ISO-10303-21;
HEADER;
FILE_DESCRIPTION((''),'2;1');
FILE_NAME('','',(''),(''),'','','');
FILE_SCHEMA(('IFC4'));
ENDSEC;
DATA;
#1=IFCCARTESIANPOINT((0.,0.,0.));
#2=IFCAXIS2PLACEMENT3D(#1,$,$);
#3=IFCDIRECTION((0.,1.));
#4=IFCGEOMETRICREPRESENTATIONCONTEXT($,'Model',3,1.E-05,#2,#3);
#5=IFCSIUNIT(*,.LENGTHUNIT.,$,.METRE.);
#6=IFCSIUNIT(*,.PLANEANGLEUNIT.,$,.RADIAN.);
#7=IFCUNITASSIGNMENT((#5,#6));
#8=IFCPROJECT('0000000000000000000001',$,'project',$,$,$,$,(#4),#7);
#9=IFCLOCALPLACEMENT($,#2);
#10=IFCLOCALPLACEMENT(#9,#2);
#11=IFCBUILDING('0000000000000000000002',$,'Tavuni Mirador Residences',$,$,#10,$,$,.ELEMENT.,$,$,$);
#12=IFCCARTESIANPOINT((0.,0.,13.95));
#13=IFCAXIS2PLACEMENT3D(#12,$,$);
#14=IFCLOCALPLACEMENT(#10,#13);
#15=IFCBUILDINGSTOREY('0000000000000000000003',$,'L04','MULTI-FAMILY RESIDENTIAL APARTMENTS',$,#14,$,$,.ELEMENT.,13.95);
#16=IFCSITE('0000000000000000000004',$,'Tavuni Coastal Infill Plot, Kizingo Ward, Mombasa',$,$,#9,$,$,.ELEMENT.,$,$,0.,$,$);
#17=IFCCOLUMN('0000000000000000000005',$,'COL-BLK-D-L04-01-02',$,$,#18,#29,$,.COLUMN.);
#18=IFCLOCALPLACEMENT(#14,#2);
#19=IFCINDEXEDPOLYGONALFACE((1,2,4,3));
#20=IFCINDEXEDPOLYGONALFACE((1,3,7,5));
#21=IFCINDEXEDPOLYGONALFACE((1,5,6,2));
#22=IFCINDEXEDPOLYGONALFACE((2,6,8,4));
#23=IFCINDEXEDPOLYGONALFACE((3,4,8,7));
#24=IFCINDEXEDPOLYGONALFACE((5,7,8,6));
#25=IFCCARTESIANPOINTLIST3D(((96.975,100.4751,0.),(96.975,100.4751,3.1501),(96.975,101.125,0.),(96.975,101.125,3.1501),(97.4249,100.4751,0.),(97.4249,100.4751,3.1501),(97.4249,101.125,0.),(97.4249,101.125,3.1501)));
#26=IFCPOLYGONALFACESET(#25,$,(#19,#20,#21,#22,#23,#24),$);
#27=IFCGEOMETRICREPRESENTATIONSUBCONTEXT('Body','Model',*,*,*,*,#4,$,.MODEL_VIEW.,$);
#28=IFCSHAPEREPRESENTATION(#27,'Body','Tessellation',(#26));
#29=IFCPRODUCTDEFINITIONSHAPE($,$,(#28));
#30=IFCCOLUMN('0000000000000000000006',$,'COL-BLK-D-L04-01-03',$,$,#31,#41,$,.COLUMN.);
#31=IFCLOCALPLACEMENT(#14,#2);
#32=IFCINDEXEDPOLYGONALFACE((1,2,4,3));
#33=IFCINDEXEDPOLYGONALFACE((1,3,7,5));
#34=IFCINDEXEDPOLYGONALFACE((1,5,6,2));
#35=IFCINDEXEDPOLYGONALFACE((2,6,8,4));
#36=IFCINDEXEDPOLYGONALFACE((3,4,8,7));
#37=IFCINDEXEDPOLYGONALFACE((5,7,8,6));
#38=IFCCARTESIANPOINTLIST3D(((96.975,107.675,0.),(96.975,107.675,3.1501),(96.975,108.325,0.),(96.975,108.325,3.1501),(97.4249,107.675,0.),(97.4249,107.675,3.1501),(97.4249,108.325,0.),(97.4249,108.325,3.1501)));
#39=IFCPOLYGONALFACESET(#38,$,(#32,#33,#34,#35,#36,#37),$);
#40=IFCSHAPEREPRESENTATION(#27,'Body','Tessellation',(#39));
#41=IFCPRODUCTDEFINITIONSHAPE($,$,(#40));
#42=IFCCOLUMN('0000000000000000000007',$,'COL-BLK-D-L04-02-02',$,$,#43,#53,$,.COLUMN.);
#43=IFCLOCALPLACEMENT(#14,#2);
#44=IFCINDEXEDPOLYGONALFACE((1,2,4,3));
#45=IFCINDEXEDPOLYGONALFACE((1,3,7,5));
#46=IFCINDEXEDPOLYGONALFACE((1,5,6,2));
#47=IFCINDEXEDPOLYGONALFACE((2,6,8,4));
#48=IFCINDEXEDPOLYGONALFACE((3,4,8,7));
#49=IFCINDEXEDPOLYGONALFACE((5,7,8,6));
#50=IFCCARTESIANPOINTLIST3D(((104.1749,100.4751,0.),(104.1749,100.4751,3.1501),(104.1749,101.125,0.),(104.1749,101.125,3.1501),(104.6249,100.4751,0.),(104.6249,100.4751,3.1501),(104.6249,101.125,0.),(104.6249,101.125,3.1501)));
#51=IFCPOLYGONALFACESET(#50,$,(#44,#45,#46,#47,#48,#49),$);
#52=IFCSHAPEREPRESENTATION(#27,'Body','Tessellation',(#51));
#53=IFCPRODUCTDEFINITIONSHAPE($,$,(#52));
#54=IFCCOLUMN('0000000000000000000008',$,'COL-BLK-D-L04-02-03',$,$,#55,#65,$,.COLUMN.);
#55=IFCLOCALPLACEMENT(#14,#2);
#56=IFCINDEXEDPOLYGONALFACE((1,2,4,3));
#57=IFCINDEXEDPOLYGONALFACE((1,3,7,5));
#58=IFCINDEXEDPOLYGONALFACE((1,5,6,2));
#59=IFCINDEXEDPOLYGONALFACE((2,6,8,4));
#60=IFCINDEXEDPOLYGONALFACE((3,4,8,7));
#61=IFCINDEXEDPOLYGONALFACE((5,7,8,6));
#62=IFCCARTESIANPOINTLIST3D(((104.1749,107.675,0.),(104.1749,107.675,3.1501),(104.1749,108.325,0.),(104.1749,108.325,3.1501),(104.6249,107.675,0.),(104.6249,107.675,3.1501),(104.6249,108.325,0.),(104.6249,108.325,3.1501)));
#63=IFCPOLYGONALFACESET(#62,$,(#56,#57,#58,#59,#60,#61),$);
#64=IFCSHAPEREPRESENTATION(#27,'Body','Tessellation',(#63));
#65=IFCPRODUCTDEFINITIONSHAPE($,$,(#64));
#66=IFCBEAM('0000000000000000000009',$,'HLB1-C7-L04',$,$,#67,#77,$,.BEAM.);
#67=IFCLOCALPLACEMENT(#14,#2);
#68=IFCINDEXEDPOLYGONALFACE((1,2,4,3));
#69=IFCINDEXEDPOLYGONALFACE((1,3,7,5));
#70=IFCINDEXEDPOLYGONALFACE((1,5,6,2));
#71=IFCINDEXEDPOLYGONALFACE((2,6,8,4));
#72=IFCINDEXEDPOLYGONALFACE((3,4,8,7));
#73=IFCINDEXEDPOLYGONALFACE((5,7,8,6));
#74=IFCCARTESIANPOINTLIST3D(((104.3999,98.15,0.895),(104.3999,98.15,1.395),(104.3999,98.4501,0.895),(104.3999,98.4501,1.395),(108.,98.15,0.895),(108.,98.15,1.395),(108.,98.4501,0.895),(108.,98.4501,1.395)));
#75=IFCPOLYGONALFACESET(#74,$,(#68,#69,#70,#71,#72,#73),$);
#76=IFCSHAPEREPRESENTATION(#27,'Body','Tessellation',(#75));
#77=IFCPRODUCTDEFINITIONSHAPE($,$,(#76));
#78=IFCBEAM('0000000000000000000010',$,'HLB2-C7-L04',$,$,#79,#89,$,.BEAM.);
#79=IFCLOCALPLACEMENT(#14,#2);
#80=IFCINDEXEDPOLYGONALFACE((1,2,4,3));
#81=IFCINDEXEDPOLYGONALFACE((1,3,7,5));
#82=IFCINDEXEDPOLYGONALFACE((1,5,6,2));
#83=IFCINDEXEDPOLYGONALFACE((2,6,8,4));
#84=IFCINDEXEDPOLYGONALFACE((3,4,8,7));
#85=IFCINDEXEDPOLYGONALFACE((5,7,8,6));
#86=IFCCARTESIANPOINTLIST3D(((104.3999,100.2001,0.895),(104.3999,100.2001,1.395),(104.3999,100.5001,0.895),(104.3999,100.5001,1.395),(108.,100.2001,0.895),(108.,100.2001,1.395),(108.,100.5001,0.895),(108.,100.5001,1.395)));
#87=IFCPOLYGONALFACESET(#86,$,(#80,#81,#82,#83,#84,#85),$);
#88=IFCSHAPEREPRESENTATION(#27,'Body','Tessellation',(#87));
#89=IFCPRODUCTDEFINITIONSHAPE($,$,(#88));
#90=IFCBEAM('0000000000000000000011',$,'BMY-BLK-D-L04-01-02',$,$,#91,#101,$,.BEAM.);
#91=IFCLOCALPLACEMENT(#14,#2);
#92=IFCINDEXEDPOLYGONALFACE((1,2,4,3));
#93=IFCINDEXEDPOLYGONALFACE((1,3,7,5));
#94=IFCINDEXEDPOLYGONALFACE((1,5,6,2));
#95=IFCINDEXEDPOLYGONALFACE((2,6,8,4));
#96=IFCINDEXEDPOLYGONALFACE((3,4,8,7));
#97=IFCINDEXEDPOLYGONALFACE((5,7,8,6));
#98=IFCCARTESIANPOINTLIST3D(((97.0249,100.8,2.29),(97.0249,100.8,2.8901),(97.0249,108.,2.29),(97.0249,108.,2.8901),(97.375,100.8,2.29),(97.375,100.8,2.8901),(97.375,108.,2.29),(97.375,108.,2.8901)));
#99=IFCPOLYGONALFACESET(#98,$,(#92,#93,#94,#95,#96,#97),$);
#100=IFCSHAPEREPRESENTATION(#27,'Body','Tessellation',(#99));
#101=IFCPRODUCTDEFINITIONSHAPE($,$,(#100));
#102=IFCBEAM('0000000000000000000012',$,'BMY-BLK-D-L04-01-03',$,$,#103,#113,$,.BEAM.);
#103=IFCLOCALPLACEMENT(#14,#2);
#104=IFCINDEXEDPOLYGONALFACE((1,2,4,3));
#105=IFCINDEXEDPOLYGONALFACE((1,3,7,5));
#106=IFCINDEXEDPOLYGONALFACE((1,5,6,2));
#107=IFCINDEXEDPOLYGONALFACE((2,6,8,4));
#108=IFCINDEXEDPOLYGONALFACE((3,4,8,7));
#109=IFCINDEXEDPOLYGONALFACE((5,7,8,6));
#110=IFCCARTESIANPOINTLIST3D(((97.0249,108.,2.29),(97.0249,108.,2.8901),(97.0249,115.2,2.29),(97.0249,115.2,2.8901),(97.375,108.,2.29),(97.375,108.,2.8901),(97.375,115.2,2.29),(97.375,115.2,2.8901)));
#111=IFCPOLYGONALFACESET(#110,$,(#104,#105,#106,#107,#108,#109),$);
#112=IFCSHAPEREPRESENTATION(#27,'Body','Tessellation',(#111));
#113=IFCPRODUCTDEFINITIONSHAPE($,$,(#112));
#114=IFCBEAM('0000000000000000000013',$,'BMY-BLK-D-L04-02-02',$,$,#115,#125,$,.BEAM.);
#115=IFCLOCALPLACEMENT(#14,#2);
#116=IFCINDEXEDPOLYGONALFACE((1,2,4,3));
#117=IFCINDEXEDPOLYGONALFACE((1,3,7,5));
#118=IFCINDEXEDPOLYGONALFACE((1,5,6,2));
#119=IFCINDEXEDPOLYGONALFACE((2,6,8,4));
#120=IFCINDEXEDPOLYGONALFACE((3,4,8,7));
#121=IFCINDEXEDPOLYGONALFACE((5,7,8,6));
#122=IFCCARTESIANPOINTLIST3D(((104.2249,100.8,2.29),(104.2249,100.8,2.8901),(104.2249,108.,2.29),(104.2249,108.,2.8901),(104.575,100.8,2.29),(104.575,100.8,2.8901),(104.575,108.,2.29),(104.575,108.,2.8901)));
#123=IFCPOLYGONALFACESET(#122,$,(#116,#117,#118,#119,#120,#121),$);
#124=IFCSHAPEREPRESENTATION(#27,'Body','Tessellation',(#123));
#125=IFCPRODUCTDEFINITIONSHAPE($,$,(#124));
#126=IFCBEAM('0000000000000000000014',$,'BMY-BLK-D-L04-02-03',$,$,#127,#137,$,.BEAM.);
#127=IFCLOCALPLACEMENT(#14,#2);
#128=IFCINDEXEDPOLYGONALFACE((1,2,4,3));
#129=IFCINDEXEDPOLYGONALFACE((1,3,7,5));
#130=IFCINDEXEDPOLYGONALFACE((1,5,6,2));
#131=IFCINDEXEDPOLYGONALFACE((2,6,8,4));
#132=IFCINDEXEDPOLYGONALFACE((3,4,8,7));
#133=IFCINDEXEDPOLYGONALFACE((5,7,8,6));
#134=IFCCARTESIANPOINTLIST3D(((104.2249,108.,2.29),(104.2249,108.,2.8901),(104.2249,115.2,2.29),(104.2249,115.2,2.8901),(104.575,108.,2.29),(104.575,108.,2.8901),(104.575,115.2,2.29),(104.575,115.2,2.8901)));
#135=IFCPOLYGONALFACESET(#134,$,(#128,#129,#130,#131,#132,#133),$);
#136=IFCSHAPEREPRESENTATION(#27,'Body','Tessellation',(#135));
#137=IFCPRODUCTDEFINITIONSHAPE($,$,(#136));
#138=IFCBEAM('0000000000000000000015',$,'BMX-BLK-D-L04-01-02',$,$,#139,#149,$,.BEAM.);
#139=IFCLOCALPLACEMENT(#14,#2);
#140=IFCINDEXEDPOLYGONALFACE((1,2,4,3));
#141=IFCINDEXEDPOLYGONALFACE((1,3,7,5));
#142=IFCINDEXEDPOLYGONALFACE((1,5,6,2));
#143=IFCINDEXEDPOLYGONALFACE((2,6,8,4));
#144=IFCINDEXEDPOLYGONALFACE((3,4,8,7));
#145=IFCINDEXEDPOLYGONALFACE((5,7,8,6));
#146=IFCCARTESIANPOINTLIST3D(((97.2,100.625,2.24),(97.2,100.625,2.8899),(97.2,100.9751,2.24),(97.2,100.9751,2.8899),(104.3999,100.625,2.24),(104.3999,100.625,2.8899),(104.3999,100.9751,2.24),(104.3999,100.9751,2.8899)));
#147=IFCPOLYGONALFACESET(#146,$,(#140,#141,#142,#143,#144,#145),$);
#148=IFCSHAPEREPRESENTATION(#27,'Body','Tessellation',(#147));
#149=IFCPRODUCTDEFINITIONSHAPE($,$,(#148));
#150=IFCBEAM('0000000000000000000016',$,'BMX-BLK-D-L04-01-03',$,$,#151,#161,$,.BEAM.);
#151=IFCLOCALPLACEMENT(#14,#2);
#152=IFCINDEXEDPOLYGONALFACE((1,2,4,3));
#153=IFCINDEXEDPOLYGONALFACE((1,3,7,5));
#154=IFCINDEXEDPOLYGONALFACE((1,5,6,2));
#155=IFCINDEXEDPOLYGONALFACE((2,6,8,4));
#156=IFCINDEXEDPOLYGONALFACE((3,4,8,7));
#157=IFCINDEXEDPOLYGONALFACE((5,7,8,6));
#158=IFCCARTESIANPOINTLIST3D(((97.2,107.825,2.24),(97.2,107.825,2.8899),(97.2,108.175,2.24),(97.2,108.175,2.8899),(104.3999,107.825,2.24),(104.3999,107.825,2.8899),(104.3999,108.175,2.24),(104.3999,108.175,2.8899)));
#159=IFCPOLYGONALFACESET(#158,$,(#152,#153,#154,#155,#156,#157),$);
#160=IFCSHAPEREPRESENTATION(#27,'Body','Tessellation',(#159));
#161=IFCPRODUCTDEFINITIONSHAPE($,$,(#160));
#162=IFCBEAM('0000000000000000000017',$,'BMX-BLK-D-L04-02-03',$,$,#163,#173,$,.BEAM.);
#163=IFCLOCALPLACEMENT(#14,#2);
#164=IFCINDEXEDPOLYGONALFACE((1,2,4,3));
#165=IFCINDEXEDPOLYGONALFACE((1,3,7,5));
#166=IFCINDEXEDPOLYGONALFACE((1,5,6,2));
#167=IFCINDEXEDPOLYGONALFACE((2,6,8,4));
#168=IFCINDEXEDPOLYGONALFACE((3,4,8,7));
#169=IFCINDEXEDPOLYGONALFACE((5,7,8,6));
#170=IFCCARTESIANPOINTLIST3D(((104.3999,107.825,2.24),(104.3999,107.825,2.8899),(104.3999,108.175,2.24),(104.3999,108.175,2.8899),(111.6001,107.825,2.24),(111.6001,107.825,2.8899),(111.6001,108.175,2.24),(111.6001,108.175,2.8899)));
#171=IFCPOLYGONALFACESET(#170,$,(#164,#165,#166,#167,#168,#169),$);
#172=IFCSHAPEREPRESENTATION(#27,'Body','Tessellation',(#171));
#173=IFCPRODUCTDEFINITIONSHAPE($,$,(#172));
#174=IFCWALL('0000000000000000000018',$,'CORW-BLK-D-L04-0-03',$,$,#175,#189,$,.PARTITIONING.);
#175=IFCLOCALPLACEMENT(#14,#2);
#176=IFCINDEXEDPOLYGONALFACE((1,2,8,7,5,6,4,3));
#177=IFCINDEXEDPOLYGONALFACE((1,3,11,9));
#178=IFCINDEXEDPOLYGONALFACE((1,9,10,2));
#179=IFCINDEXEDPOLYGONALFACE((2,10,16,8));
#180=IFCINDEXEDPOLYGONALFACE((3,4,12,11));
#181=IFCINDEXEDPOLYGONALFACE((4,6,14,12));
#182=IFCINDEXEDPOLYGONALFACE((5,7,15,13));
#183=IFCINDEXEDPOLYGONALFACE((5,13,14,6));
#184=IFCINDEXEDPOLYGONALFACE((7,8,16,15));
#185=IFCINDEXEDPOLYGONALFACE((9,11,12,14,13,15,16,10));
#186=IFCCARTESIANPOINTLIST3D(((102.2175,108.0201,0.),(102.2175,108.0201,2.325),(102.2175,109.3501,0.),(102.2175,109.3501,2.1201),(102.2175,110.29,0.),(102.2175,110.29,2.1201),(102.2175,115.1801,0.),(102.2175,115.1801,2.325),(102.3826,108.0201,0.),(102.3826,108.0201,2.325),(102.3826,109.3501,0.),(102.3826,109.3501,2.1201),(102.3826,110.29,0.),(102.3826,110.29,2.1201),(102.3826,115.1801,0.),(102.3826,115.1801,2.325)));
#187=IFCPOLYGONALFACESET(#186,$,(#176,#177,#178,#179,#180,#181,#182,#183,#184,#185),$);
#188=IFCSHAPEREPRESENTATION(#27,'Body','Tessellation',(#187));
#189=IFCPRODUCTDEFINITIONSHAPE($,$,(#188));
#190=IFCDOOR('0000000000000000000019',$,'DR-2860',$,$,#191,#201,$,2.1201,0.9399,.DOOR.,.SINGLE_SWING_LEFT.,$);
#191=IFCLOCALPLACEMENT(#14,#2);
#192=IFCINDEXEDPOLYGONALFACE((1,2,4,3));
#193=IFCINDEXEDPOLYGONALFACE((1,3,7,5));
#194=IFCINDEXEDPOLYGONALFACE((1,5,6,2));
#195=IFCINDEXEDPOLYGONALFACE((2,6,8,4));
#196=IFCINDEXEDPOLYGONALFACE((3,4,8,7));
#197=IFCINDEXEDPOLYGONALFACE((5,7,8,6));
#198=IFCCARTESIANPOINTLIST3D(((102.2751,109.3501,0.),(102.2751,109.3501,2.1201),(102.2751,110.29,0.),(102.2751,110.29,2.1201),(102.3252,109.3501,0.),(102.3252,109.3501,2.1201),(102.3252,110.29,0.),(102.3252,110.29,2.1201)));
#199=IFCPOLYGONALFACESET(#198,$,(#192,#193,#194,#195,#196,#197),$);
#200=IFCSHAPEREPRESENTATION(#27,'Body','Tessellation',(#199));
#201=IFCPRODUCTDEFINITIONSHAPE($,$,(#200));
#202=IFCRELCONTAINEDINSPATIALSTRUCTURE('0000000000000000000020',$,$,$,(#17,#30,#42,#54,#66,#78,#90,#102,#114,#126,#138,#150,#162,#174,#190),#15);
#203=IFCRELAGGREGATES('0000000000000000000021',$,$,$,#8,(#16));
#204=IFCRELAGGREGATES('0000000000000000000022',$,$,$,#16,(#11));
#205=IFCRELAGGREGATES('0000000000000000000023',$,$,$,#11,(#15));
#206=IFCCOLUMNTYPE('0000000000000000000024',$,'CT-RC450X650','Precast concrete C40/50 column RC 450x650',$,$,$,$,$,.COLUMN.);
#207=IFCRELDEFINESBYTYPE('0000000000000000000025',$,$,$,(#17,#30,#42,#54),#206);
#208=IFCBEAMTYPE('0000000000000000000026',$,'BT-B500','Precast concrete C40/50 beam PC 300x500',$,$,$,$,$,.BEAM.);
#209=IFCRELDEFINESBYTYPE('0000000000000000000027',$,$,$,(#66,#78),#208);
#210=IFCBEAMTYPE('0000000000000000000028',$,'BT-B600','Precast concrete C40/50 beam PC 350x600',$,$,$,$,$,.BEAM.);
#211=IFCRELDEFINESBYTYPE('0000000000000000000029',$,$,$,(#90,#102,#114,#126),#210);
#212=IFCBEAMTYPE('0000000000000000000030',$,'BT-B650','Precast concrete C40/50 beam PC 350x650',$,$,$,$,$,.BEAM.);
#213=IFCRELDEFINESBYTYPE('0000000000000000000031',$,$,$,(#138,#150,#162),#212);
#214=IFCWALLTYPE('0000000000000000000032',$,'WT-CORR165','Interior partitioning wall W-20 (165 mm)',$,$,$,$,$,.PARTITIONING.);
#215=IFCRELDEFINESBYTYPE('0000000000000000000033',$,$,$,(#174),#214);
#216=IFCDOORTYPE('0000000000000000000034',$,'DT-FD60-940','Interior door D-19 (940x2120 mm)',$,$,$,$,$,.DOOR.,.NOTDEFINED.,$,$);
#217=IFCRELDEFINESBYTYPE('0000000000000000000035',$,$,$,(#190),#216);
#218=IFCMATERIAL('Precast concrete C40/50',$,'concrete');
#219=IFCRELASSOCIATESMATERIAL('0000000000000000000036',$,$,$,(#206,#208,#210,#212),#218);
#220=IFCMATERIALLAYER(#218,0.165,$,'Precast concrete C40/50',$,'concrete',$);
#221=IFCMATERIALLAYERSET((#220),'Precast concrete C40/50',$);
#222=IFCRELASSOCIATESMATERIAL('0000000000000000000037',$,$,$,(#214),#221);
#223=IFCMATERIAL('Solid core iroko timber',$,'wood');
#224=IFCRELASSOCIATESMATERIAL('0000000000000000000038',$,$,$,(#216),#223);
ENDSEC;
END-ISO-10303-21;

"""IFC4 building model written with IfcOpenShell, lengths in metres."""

from ifc_helpers import new_model, si_unit, direction, frame, frame_2d, origin, origin_2d, place, context, subcontext, project, spatial, rectangle, extrude, material, layer, layer_set, material_profile, profile_set, type_object, element, fill, save


model = new_model("IFC4")

# Units and contexts
model_context = context("Model", 3, precision=1e-05, world=origin(), true_north=direction((0.0, 1.0)))
body_context = subcontext(model_context, "Body", "Model", "MODEL_VIEW")
ifc_project = project(units=[si_unit("LENGTHUNIT", "METRE"), si_unit("PLANEANGLEUNIT", "RADIAN")], contexts=[model_context])

# Site, building, storey
site_placement = place(None, origin())
site = spatial("IfcSite", under=ifc_project, at=site_placement, Name="Tavuni Coastal Infill Plot, Kizingo Ward, Mombasa", CompositionType="ELEMENT", RefElevation=0.0)
building_placement = place(site_placement, origin())
building = spatial("IfcBuilding", under=site, at=building_placement, Name="Tavuni Mirador Residences", CompositionType="ELEMENT")
storey_placement = place(building_placement, frame((0.0, 0.0, 13.95)))
storey = spatial("IfcBuildingStorey", under=building, at=storey_placement, Name="L04", Description="MULTI-FAMILY RESIDENTIAL APARTMENTS", CompositionType="ELEMENT", Elevation=13.95)

# Columns
ifc_material_1 = material(Name="Precast concrete C40/50", Category="concrete")
ifc_material_profile_1 = material_profile(ifc_material_1, rectangle(XDim=0.45, YDim=0.6499, at=origin_2d()), Name="RC 450x650", Category="concrete")
ifc_profile_set_1 = profile_set([ifc_material_profile_1], Name="Precast concrete C40/50")
column_type = type_object("IfcColumnType", Name="CT-RC450X650", Description="Precast concrete C40/50 column RC 450x650", PredefinedType="COLUMN", material=ifc_profile_set_1)
for number, where, z_axis, x_axis, name in (
    (1, (97.2, 100.8, 0.0), (0.0, 0.0, 1.0), (1.0, 0.0, 0.0), "COL-BLK-D-L04-01-02"),
    (2, (97.2, 108.0, 0.0), (0.0, 0.0, 1.0), (1.0, 0.0, 0.0), "COL-BLK-D-L04-01-03"),
    (3, (104.3999, 100.8, 0.0), (0.0, 0.0, 1.0), (1.0, 0.0, 0.0), "COL-BLK-D-L04-02-02"),
    (4, (104.3999, 108.0, 0.0), (0.0, 0.0, 1.0), (1.0, 0.0, 0.0), "COL-BLK-D-L04-02-03"),
):
    element("IfcColumn", number, at=place(storey_placement, frame(where, z_axis=z_axis, x_axis=x_axis)), inside=storey, type_object=column_type, Name=name, PredefinedType="COLUMN", context=body_context, shape_type="SweptSolid", body=[
        extrude(rectangle(XDim=0.45, YDim=0.6499, at=origin_2d()), origin(), (0.0, 0.0, 1.0), 3.1501),
    ])

# Beams
ifc_material_profile_2 = material_profile(ifc_material_1, rectangle(XDim=0.3, YDim=0.5, at=origin_2d()), Name="PC 300x500", Category="concrete")
ifc_profile_set_2 = profile_set([ifc_material_profile_2], Name="Precast concrete C40/50")
beam_type_1 = type_object("IfcBeamType", Name="BT-B500", Description="Precast concrete C40/50 beam PC 300x500", PredefinedType="BEAM", material=ifc_profile_set_2)
for number, where, z_axis, x_axis, name in (
    (5, (104.3999, 98.3, 1.145), (1.0, 0.0, 0.0), (0.0, 1.0, 0.0), "HLB1-C7-L04"),
    (6, (104.3999, 100.3501, 1.145), (1.0, 0.0, 0.0), (0.0, 1.0, 0.0), "HLB2-C7-L04"),
):
    element("IfcBeam", number, at=place(storey_placement, frame(where, z_axis=z_axis, x_axis=x_axis)), inside=storey, type_object=beam_type_1, Name=name, PredefinedType="BEAM", context=body_context, shape_type="SweptSolid", body=[
        extrude(rectangle(XDim=0.3, YDim=0.5, at=origin_2d()), origin(), (0.0, 0.0, 1.0), 3.6001),
    ])
ifc_material_profile_3 = material_profile(ifc_material_1, rectangle(XDim=0.3501, YDim=0.6001, at=origin_2d()), Name="PC 350x600", Category="concrete")
ifc_profile_set_3 = profile_set([ifc_material_profile_3], Name="Precast concrete C40/50")
beam_type_2 = type_object("IfcBeamType", Name="BT-B600", Description="Precast concrete C40/50 beam PC 350x600", PredefinedType="BEAM", material=ifc_profile_set_3)
for number, where, z_axis, x_axis, name in (
    (7, (97.2, 100.8, 2.5901), (0.0, 1.0, 0.0), (-1.0, 0.0, 0.0), "BMY-BLK-D-L04-01-02"),
    (8, (97.2, 108.0, 2.5901), (0.0, 1.0, 0.0), (-1.0, 0.0, 0.0), "BMY-BLK-D-L04-01-03"),
    (9, (104.3999, 100.8, 2.5901), (0.0, 1.0, 0.0), (-1.0, 0.0, 0.0), "BMY-BLK-D-L04-02-02"),
    (10, (104.3999, 108.0, 2.5901), (0.0, 1.0, 0.0), (-1.0, 0.0, 0.0), "BMY-BLK-D-L04-02-03"),
):
    element("IfcBeam", number, at=place(storey_placement, frame(where, z_axis=z_axis, x_axis=x_axis)), inside=storey, type_object=beam_type_2, Name=name, PredefinedType="BEAM", context=body_context, shape_type="SweptSolid", body=[
        extrude(rectangle(XDim=0.3501, YDim=0.6001, at=origin_2d()), origin(), (0.0, 0.0, 1.0), 7.2),
    ])
ifc_material_profile_4 = material_profile(ifc_material_1, rectangle(XDim=0.3501, YDim=0.6499, at=origin_2d()), Name="PC 350x650", Category="concrete")
ifc_profile_set_4 = profile_set([ifc_material_profile_4], Name="Precast concrete C40/50")
beam_type_3 = type_object("IfcBeamType", Name="BT-B650", Description="Precast concrete C40/50 beam PC 350x650", PredefinedType="BEAM", material=ifc_profile_set_4)
for number, where, z_axis, x_axis, name in (
    (11, (97.2, 100.8, 2.5649), (1.0, 0.0, 0.0), (0.0, 1.0, 0.0), "BMX-BLK-D-L04-01-02"),
    (12, (97.2, 108.0, 2.5649), (1.0, 0.0, 0.0), (0.0, 1.0, 0.0), "BMX-BLK-D-L04-01-03"),
):
    element("IfcBeam", number, at=place(storey_placement, frame(where, z_axis=z_axis, x_axis=x_axis)), inside=storey, type_object=beam_type_3, Name=name, PredefinedType="BEAM", context=body_context, shape_type="SweptSolid", body=[
        extrude(rectangle(XDim=0.3501, YDim=0.6499, at=origin_2d()), origin(), (0.0, 0.0, 1.0), 7.2),
    ])
beam_placement = place(storey_placement, frame((104.3999, 108.0, 2.5649), z_axis=(1.0, 0.0, 0.0), x_axis=(0.0, 1.0, 0.0)))
element("IfcBeam", 13, at=beam_placement, inside=storey, type_object=beam_type_3, Name="BMX-BLK-D-L04-02-03", PredefinedType="BEAM", context=body_context, shape_type="SweptSolid", body=[
    extrude(rectangle(XDim=0.3501, YDim=0.6499, at=origin_2d()), origin(), (0.0, 0.0, 1.0), 7.2002),
])

# Wall, opening, door
ifc_material_2 = material(Name="Solid core iroko timber", Category="wood")
ifc_layer_1 = layer(ifc_material_1, 0.165, Name="Precast concrete C40/50", Category="concrete")
ifc_layer_set_1 = layer_set([ifc_layer_1], Name="Precast concrete C40/50")
wall_type_1 = type_object("IfcWallType", Name="WT-CORR165", Description="Interior partitioning wall W-20 (165 mm)", PredefinedType="PARTITIONING", material=ifc_layer_set_1)
wall_1_placement = place(storey_placement, frame((102.3, 108.02, 0.0), z_axis=(0.0, 0.0, 1.0), x_axis=(0.0, 1.0, 0.0)))
wall_1 = element("IfcWall", 14, at=wall_1_placement, inside=storey, type_object=wall_type_1, Name="CORW-BLK-D-L04-0-03", PredefinedType="PARTITIONING", context=body_context, shape_type="SweptSolid", body=[
    extrude(rectangle(XDim=7.1599, YDim=0.165, at=frame_2d((3.5801, 0.0))), origin(), (0.0, 0.0, 1.0), 2.325),
])
opening_1_placement = place(wall_1_placement, frame((1.3301, 0.0, 0.0)))
opening_1 = element("IfcOpeningElement", 15, at=opening_1_placement, cuts=wall_1, PredefinedType="OPENING", context=body_context, shape_type="SweptSolid", body=[
    extrude(rectangle(XDim=0.9399, YDim=2.1201, at=frame_2d((0.47, 1.0601))), frame((0.0, 0.0925, 0.0), z_axis=(0.0, -1.0, 0.0), x_axis=(1.0, 0.0, 0.0)), (0.0, 0.0, 1.0), 0.1851),
])
door_type_1 = type_object("IfcDoorType", Name="DT-FD60-940", Description="Interior door D-19 (940x2120 mm)", OperationType="NOTDEFINED", PredefinedType="DOOR", material=ifc_material_2)
door_1_placement = place(opening_1_placement, origin())
door_1 = element("IfcDoor", 16, at=door_1_placement, inside=storey, type_object=door_type_1, Name="DR-2860", OperationType="SINGLE_SWING_LEFT", OverallHeight=2.1201, OverallWidth=0.9399, PredefinedType="DOOR", context=body_context, shape_type="SweptSolid", body=[
    extrude(rectangle(XDim=0.9399, YDim=2.1201, at=frame_2d((0.47, 1.0601))), frame((0.0, 0.0249, 0.0), z_axis=(0.0, -1.0, 0.0), x_axis=(1.0, 0.0, 0.0)), (0.0, 0.0, 1.0), 0.05),
])
fill(opening_1, door_1)

save(model, "model.ifc")
